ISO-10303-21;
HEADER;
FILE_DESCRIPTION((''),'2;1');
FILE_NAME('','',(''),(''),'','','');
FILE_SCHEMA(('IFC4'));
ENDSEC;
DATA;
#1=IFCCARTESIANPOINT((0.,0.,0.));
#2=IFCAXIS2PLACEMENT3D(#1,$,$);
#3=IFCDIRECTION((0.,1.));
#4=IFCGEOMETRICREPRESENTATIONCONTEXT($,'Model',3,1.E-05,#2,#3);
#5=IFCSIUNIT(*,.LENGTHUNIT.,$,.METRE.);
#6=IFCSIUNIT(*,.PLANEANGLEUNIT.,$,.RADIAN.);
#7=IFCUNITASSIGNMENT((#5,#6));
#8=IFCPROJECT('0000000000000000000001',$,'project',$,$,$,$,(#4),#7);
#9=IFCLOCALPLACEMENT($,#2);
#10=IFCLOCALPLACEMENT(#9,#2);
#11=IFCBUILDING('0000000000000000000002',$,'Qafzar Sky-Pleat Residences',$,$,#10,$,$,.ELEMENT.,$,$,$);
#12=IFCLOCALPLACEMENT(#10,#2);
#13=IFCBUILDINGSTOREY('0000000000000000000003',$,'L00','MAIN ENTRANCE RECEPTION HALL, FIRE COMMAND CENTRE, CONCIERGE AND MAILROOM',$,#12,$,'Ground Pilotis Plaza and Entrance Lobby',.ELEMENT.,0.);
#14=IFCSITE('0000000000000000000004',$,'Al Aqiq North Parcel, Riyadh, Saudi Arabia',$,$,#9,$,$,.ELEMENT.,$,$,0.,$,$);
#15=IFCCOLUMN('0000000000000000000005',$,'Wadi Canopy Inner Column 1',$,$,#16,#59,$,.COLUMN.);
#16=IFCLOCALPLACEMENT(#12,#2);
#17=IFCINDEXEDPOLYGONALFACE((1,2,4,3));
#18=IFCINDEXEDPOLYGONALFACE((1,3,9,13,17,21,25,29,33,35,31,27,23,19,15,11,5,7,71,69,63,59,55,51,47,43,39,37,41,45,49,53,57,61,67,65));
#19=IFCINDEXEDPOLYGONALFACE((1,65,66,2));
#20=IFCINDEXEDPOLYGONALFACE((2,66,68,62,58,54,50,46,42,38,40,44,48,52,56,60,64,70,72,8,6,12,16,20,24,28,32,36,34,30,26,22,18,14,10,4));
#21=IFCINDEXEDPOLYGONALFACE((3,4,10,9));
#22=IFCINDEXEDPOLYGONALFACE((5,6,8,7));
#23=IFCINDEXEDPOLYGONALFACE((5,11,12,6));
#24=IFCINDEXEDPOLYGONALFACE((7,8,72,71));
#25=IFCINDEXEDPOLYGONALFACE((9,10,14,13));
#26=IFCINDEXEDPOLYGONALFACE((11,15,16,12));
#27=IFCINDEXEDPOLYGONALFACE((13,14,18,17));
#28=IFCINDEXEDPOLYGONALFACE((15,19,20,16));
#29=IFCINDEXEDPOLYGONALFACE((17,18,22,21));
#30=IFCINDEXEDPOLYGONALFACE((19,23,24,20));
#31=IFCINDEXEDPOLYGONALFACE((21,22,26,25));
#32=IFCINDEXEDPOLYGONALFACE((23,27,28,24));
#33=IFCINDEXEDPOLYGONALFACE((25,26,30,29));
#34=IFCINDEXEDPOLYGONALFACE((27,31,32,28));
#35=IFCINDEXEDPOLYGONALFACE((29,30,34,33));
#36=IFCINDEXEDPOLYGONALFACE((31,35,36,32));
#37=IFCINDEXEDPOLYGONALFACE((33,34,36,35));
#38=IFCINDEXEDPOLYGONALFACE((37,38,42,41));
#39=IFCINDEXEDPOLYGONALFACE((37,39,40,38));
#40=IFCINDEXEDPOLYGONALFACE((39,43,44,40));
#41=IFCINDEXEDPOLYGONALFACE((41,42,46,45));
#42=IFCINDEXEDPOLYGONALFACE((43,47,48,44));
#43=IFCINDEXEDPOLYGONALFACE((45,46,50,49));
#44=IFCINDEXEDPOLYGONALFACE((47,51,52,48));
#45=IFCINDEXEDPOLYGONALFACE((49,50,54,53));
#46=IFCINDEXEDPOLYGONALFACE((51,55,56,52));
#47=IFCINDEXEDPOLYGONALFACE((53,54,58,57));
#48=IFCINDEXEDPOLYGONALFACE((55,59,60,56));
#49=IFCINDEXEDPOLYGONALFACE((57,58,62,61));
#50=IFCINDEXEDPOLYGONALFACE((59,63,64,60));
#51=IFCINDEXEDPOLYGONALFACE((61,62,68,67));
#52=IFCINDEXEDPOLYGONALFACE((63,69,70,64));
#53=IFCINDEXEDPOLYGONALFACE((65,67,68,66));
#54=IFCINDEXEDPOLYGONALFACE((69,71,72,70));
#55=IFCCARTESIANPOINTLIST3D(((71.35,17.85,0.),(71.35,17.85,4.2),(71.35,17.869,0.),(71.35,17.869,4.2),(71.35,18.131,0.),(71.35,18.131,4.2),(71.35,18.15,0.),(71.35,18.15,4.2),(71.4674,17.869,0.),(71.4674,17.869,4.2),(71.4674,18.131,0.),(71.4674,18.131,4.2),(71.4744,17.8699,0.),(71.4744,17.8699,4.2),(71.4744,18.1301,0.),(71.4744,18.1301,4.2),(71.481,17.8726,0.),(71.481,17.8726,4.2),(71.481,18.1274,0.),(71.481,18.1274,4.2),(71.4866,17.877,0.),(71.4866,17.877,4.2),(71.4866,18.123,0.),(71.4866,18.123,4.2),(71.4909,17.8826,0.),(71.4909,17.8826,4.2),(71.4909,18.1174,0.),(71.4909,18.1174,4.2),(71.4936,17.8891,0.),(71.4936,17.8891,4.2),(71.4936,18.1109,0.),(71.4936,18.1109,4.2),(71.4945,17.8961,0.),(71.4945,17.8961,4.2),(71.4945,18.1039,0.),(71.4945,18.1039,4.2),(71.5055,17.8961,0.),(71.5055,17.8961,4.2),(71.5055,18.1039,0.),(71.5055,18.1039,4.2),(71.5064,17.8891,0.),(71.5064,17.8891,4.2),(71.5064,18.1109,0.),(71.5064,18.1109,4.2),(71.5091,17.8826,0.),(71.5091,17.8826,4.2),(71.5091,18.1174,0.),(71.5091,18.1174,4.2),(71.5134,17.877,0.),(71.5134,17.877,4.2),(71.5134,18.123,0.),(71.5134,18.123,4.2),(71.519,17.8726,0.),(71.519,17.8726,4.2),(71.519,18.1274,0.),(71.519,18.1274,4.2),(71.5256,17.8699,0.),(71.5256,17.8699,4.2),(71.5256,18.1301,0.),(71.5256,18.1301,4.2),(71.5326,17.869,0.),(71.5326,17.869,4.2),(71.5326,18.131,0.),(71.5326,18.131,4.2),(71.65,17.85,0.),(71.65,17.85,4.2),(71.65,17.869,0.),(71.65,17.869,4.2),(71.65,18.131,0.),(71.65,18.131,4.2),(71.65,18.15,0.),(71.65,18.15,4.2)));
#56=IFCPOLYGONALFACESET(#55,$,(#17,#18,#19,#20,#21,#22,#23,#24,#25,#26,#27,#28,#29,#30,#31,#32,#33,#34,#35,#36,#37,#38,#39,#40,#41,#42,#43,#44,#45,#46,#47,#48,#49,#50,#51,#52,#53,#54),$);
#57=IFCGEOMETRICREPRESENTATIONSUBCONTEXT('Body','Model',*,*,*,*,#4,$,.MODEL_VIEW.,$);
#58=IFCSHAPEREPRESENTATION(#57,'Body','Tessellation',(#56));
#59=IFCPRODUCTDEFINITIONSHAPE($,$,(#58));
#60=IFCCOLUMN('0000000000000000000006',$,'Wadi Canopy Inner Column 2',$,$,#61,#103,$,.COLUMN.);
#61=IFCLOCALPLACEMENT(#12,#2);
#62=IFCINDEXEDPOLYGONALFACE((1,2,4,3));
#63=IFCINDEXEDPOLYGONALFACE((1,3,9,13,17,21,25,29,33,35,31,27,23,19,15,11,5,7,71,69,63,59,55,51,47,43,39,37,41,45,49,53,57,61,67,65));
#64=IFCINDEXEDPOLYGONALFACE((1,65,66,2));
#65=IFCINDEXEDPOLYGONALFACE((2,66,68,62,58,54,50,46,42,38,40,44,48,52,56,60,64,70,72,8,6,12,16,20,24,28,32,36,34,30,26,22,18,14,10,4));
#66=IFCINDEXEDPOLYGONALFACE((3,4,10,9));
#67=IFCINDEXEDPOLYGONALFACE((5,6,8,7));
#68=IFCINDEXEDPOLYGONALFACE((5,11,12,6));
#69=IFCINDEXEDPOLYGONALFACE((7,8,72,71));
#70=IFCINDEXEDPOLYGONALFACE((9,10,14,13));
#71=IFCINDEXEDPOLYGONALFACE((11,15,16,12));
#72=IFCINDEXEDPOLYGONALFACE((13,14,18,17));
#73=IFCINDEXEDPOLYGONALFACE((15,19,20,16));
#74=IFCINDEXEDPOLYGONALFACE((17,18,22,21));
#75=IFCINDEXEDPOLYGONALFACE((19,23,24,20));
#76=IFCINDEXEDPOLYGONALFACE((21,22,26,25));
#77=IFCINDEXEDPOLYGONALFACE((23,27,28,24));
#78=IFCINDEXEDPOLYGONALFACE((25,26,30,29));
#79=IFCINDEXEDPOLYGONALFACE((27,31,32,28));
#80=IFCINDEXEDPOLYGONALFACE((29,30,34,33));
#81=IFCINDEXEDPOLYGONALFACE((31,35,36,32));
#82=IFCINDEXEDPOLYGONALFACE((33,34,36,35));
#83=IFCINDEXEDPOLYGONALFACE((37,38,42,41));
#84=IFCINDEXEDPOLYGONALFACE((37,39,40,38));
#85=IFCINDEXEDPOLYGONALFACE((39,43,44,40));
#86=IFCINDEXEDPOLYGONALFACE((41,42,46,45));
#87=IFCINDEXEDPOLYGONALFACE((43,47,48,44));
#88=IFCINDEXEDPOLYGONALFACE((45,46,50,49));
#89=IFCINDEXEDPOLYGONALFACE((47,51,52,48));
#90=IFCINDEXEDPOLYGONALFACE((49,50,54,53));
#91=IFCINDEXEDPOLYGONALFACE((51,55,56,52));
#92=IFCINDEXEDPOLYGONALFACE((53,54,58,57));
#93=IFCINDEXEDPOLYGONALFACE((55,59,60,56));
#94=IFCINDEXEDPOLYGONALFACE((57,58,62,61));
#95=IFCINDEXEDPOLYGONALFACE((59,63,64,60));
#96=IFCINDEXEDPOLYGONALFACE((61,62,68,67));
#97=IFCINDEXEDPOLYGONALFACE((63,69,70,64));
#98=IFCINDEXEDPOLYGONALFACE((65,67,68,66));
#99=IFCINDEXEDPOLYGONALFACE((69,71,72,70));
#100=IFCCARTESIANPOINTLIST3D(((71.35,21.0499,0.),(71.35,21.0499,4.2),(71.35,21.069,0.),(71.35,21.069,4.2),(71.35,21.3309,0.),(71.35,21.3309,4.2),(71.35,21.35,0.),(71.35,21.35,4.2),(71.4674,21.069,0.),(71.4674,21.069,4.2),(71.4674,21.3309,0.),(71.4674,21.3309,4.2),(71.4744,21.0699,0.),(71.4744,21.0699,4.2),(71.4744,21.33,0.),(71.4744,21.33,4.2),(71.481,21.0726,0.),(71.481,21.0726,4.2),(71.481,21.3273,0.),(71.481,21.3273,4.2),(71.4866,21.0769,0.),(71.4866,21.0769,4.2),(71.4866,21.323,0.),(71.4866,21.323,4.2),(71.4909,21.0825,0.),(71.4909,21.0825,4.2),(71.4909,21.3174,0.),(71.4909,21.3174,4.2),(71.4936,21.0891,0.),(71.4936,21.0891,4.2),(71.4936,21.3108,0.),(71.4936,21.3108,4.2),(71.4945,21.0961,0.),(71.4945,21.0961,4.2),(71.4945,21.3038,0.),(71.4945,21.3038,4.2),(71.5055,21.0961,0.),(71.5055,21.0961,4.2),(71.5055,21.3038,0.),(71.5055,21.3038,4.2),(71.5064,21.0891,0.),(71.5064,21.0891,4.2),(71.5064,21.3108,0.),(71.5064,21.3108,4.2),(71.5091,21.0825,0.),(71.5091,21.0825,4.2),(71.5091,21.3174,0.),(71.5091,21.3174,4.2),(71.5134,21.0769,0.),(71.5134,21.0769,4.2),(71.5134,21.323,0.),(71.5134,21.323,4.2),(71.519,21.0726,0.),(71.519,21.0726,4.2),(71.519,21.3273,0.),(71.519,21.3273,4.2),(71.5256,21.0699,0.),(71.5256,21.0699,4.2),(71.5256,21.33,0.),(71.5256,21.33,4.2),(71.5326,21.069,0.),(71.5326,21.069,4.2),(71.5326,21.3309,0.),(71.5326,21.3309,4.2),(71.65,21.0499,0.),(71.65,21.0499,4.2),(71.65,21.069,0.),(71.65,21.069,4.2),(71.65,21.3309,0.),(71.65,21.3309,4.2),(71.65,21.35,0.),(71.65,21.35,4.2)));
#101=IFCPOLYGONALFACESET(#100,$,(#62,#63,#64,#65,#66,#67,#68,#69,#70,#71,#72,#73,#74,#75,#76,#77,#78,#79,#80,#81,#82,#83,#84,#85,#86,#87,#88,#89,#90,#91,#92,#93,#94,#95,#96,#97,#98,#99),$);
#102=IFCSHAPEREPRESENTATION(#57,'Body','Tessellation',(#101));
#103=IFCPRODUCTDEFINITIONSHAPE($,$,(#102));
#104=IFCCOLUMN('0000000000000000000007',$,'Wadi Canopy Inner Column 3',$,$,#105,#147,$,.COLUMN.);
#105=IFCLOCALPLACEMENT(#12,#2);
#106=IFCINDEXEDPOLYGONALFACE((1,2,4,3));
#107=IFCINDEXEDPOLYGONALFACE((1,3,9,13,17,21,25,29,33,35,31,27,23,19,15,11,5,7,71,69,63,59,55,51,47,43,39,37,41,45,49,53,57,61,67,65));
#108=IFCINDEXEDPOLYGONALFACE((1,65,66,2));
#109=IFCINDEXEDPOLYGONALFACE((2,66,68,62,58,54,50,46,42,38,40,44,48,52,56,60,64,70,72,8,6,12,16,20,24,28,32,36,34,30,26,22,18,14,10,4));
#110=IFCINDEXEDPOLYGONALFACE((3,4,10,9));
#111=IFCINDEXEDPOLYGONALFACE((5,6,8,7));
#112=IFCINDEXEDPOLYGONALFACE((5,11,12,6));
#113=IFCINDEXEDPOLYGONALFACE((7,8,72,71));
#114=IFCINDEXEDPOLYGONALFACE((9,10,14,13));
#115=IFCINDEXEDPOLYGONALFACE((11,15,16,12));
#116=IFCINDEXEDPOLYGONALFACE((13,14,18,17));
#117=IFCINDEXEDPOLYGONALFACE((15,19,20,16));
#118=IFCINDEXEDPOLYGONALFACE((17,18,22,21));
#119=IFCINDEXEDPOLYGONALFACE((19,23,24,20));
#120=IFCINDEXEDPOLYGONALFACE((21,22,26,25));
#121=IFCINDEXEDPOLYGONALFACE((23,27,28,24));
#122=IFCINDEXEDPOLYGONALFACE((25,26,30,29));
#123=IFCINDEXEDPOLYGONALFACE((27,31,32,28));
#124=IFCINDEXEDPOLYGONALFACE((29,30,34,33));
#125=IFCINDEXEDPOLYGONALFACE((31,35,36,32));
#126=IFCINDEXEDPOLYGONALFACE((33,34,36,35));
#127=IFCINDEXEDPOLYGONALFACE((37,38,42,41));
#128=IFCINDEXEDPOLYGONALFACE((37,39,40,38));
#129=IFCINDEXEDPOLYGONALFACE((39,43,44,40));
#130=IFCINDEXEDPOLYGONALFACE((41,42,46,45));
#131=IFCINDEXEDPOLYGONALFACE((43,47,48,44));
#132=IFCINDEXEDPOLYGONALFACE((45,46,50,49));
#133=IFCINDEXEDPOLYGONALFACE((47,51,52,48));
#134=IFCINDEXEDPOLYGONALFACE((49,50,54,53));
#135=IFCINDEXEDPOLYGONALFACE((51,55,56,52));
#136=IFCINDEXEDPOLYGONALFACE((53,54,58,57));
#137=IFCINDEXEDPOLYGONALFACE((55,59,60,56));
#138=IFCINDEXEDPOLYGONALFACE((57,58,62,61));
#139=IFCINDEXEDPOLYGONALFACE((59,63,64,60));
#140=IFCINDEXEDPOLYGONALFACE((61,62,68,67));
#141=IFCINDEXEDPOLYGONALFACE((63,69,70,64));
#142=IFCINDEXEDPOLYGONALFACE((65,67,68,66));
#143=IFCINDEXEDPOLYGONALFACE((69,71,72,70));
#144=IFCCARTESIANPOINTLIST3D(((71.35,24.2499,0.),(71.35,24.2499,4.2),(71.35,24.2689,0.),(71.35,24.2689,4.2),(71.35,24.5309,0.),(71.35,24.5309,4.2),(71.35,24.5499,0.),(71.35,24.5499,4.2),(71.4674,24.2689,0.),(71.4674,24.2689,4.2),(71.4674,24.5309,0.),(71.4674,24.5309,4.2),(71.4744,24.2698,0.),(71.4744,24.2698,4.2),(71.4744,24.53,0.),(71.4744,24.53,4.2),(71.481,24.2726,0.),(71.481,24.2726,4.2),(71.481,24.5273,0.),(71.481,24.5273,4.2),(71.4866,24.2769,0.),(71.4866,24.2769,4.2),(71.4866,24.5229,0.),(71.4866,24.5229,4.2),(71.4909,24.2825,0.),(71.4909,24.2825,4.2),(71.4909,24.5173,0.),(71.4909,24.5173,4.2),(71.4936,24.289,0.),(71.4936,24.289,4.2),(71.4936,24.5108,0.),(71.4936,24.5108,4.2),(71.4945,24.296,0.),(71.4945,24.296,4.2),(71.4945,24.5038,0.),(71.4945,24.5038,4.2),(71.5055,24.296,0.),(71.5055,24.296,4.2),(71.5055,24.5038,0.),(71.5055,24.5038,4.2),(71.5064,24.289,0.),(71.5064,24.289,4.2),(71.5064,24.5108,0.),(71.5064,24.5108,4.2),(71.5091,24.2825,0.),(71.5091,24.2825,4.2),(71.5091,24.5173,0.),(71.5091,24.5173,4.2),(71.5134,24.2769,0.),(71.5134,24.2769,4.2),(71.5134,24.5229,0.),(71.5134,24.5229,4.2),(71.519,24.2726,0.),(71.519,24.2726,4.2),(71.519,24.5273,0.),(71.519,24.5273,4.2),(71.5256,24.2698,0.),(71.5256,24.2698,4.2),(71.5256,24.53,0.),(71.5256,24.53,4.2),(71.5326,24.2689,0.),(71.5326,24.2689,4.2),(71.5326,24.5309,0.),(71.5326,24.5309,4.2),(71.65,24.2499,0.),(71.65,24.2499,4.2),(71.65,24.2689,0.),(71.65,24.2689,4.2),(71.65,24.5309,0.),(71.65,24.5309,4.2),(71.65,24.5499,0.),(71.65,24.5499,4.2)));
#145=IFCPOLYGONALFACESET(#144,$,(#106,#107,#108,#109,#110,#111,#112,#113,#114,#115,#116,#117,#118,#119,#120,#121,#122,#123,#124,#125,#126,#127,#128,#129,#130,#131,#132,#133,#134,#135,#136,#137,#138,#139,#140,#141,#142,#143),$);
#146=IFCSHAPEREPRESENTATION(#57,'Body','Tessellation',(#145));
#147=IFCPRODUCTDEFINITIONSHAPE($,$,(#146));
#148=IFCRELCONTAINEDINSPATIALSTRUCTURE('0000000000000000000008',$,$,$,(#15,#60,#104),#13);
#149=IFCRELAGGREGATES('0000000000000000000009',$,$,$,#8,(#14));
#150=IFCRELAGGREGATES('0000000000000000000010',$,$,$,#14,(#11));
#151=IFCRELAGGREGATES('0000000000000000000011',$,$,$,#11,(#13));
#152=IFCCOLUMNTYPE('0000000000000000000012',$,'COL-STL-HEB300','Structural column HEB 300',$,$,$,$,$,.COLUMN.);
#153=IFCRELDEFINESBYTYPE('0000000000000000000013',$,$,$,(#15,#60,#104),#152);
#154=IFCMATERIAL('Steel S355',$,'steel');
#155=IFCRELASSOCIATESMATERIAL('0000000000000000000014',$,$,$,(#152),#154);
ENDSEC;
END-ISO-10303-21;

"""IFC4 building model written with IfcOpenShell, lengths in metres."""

from ifc_helpers import new_model, si_unit, direction, frame, origin, origin_2d, place, context, subcontext, project, spatial, i_section, extrude, source, transform, mapped, material, material_profile, profile_set, type_object, element, save


model = new_model("IFC4")

# Units and contexts
model_context = context("Model", 3, precision=1e-05, world=origin(), true_north=direction((0.0, 1.0)))
body_context = subcontext(model_context, "Body", "Model", "MODEL_VIEW")
ifc_project = project(units=[si_unit("LENGTHUNIT", "METRE"), si_unit("PLANEANGLEUNIT", "RADIAN")], contexts=[model_context])

# Site, building, storey
site_placement = place(None, origin())
site = spatial("IfcSite", under=ifc_project, at=site_placement, Name="Al Aqiq North Parcel, Riyadh, Saudi Arabia", CompositionType="ELEMENT", RefElevation=0.0)
building_placement = place(site_placement, origin())
building = spatial("IfcBuilding", under=site, at=building_placement, Name="Qafzar Sky-Pleat Residences", CompositionType="ELEMENT")
storey_placement = place(building_placement, origin())
storey = spatial("IfcBuildingStorey", under=building, at=storey_placement, Name="L00", Description="MAIN ENTRANCE RECEPTION HALL, FIRE COMMAND CENTRE, CONCIERGE AND MAILROOM", LongName="Ground Pilotis Plaza and Entrance Lobby", CompositionType="ELEMENT", Elevation=0.0)

# Columns
ifc_material_1 = material(Name="Steel S355", Category="steel")
ifc_material_profile_1 = material_profile(ifc_material_1, i_section(OverallWidth=0.3, OverallDepth=0.3, WebThickness=0.011, FlangeThickness=0.019, FilletRadius=0.0271, at=origin_2d()), Name="HEB 300")
ifc_profile_set_1 = profile_set([ifc_material_profile_1], Name="Steel S355")
column_type_1 = type_object("IfcColumnType", Name="COL-STL-HEB300", Description="Structural column HEB 300", PredefinedType="COLUMN", material=ifc_profile_set_1)
shared_shape_1 = source(origin(), body_context, "Body", "SweptSolid", [
    extrude(i_section(OverallWidth=0.3, OverallDepth=0.3, WebThickness=0.011, FlangeThickness=0.019, FilletRadius=0.0271, at=origin_2d()), origin(), (0.0, 0.0, 1.0), 4.2),
])
for number, where, z_axis, x_axis, name in (
    (1, (71.5, 18.0, 0.0), (0.0, 0.0, 1.0), (1.0, 0.0, 0.0), "Wadi Canopy Inner Column 1"),
    (2, (71.5, 21.2, 0.0), (0.0, 0.0, 1.0), (1.0, 0.0, 0.0), "Wadi Canopy Inner Column 2"),
    (3, (71.5, 24.3999, 0.0), (0.0, 0.0, 1.0), (1.0, 0.0, 0.0), "Wadi Canopy Inner Column 3"),
):
    element("IfcColumn", number, at=place(storey_placement, frame(where, z_axis=z_axis, x_axis=x_axis)), inside=storey, type_object=column_type_1, Name=name, PredefinedType="COLUMN", context=body_context, shape_type="MappedRepresentation", body=[
        mapped(shared_shape_1, transform((0.0, 0.0, 0.0), x_axis=(1.0, 0.0, 0.0), y_axis=(0.0, 1.0, 0.0), z_axis=(0.0, 0.0, 1.0), scale=1.0)),
    ])

save(model, "model.ifc")
